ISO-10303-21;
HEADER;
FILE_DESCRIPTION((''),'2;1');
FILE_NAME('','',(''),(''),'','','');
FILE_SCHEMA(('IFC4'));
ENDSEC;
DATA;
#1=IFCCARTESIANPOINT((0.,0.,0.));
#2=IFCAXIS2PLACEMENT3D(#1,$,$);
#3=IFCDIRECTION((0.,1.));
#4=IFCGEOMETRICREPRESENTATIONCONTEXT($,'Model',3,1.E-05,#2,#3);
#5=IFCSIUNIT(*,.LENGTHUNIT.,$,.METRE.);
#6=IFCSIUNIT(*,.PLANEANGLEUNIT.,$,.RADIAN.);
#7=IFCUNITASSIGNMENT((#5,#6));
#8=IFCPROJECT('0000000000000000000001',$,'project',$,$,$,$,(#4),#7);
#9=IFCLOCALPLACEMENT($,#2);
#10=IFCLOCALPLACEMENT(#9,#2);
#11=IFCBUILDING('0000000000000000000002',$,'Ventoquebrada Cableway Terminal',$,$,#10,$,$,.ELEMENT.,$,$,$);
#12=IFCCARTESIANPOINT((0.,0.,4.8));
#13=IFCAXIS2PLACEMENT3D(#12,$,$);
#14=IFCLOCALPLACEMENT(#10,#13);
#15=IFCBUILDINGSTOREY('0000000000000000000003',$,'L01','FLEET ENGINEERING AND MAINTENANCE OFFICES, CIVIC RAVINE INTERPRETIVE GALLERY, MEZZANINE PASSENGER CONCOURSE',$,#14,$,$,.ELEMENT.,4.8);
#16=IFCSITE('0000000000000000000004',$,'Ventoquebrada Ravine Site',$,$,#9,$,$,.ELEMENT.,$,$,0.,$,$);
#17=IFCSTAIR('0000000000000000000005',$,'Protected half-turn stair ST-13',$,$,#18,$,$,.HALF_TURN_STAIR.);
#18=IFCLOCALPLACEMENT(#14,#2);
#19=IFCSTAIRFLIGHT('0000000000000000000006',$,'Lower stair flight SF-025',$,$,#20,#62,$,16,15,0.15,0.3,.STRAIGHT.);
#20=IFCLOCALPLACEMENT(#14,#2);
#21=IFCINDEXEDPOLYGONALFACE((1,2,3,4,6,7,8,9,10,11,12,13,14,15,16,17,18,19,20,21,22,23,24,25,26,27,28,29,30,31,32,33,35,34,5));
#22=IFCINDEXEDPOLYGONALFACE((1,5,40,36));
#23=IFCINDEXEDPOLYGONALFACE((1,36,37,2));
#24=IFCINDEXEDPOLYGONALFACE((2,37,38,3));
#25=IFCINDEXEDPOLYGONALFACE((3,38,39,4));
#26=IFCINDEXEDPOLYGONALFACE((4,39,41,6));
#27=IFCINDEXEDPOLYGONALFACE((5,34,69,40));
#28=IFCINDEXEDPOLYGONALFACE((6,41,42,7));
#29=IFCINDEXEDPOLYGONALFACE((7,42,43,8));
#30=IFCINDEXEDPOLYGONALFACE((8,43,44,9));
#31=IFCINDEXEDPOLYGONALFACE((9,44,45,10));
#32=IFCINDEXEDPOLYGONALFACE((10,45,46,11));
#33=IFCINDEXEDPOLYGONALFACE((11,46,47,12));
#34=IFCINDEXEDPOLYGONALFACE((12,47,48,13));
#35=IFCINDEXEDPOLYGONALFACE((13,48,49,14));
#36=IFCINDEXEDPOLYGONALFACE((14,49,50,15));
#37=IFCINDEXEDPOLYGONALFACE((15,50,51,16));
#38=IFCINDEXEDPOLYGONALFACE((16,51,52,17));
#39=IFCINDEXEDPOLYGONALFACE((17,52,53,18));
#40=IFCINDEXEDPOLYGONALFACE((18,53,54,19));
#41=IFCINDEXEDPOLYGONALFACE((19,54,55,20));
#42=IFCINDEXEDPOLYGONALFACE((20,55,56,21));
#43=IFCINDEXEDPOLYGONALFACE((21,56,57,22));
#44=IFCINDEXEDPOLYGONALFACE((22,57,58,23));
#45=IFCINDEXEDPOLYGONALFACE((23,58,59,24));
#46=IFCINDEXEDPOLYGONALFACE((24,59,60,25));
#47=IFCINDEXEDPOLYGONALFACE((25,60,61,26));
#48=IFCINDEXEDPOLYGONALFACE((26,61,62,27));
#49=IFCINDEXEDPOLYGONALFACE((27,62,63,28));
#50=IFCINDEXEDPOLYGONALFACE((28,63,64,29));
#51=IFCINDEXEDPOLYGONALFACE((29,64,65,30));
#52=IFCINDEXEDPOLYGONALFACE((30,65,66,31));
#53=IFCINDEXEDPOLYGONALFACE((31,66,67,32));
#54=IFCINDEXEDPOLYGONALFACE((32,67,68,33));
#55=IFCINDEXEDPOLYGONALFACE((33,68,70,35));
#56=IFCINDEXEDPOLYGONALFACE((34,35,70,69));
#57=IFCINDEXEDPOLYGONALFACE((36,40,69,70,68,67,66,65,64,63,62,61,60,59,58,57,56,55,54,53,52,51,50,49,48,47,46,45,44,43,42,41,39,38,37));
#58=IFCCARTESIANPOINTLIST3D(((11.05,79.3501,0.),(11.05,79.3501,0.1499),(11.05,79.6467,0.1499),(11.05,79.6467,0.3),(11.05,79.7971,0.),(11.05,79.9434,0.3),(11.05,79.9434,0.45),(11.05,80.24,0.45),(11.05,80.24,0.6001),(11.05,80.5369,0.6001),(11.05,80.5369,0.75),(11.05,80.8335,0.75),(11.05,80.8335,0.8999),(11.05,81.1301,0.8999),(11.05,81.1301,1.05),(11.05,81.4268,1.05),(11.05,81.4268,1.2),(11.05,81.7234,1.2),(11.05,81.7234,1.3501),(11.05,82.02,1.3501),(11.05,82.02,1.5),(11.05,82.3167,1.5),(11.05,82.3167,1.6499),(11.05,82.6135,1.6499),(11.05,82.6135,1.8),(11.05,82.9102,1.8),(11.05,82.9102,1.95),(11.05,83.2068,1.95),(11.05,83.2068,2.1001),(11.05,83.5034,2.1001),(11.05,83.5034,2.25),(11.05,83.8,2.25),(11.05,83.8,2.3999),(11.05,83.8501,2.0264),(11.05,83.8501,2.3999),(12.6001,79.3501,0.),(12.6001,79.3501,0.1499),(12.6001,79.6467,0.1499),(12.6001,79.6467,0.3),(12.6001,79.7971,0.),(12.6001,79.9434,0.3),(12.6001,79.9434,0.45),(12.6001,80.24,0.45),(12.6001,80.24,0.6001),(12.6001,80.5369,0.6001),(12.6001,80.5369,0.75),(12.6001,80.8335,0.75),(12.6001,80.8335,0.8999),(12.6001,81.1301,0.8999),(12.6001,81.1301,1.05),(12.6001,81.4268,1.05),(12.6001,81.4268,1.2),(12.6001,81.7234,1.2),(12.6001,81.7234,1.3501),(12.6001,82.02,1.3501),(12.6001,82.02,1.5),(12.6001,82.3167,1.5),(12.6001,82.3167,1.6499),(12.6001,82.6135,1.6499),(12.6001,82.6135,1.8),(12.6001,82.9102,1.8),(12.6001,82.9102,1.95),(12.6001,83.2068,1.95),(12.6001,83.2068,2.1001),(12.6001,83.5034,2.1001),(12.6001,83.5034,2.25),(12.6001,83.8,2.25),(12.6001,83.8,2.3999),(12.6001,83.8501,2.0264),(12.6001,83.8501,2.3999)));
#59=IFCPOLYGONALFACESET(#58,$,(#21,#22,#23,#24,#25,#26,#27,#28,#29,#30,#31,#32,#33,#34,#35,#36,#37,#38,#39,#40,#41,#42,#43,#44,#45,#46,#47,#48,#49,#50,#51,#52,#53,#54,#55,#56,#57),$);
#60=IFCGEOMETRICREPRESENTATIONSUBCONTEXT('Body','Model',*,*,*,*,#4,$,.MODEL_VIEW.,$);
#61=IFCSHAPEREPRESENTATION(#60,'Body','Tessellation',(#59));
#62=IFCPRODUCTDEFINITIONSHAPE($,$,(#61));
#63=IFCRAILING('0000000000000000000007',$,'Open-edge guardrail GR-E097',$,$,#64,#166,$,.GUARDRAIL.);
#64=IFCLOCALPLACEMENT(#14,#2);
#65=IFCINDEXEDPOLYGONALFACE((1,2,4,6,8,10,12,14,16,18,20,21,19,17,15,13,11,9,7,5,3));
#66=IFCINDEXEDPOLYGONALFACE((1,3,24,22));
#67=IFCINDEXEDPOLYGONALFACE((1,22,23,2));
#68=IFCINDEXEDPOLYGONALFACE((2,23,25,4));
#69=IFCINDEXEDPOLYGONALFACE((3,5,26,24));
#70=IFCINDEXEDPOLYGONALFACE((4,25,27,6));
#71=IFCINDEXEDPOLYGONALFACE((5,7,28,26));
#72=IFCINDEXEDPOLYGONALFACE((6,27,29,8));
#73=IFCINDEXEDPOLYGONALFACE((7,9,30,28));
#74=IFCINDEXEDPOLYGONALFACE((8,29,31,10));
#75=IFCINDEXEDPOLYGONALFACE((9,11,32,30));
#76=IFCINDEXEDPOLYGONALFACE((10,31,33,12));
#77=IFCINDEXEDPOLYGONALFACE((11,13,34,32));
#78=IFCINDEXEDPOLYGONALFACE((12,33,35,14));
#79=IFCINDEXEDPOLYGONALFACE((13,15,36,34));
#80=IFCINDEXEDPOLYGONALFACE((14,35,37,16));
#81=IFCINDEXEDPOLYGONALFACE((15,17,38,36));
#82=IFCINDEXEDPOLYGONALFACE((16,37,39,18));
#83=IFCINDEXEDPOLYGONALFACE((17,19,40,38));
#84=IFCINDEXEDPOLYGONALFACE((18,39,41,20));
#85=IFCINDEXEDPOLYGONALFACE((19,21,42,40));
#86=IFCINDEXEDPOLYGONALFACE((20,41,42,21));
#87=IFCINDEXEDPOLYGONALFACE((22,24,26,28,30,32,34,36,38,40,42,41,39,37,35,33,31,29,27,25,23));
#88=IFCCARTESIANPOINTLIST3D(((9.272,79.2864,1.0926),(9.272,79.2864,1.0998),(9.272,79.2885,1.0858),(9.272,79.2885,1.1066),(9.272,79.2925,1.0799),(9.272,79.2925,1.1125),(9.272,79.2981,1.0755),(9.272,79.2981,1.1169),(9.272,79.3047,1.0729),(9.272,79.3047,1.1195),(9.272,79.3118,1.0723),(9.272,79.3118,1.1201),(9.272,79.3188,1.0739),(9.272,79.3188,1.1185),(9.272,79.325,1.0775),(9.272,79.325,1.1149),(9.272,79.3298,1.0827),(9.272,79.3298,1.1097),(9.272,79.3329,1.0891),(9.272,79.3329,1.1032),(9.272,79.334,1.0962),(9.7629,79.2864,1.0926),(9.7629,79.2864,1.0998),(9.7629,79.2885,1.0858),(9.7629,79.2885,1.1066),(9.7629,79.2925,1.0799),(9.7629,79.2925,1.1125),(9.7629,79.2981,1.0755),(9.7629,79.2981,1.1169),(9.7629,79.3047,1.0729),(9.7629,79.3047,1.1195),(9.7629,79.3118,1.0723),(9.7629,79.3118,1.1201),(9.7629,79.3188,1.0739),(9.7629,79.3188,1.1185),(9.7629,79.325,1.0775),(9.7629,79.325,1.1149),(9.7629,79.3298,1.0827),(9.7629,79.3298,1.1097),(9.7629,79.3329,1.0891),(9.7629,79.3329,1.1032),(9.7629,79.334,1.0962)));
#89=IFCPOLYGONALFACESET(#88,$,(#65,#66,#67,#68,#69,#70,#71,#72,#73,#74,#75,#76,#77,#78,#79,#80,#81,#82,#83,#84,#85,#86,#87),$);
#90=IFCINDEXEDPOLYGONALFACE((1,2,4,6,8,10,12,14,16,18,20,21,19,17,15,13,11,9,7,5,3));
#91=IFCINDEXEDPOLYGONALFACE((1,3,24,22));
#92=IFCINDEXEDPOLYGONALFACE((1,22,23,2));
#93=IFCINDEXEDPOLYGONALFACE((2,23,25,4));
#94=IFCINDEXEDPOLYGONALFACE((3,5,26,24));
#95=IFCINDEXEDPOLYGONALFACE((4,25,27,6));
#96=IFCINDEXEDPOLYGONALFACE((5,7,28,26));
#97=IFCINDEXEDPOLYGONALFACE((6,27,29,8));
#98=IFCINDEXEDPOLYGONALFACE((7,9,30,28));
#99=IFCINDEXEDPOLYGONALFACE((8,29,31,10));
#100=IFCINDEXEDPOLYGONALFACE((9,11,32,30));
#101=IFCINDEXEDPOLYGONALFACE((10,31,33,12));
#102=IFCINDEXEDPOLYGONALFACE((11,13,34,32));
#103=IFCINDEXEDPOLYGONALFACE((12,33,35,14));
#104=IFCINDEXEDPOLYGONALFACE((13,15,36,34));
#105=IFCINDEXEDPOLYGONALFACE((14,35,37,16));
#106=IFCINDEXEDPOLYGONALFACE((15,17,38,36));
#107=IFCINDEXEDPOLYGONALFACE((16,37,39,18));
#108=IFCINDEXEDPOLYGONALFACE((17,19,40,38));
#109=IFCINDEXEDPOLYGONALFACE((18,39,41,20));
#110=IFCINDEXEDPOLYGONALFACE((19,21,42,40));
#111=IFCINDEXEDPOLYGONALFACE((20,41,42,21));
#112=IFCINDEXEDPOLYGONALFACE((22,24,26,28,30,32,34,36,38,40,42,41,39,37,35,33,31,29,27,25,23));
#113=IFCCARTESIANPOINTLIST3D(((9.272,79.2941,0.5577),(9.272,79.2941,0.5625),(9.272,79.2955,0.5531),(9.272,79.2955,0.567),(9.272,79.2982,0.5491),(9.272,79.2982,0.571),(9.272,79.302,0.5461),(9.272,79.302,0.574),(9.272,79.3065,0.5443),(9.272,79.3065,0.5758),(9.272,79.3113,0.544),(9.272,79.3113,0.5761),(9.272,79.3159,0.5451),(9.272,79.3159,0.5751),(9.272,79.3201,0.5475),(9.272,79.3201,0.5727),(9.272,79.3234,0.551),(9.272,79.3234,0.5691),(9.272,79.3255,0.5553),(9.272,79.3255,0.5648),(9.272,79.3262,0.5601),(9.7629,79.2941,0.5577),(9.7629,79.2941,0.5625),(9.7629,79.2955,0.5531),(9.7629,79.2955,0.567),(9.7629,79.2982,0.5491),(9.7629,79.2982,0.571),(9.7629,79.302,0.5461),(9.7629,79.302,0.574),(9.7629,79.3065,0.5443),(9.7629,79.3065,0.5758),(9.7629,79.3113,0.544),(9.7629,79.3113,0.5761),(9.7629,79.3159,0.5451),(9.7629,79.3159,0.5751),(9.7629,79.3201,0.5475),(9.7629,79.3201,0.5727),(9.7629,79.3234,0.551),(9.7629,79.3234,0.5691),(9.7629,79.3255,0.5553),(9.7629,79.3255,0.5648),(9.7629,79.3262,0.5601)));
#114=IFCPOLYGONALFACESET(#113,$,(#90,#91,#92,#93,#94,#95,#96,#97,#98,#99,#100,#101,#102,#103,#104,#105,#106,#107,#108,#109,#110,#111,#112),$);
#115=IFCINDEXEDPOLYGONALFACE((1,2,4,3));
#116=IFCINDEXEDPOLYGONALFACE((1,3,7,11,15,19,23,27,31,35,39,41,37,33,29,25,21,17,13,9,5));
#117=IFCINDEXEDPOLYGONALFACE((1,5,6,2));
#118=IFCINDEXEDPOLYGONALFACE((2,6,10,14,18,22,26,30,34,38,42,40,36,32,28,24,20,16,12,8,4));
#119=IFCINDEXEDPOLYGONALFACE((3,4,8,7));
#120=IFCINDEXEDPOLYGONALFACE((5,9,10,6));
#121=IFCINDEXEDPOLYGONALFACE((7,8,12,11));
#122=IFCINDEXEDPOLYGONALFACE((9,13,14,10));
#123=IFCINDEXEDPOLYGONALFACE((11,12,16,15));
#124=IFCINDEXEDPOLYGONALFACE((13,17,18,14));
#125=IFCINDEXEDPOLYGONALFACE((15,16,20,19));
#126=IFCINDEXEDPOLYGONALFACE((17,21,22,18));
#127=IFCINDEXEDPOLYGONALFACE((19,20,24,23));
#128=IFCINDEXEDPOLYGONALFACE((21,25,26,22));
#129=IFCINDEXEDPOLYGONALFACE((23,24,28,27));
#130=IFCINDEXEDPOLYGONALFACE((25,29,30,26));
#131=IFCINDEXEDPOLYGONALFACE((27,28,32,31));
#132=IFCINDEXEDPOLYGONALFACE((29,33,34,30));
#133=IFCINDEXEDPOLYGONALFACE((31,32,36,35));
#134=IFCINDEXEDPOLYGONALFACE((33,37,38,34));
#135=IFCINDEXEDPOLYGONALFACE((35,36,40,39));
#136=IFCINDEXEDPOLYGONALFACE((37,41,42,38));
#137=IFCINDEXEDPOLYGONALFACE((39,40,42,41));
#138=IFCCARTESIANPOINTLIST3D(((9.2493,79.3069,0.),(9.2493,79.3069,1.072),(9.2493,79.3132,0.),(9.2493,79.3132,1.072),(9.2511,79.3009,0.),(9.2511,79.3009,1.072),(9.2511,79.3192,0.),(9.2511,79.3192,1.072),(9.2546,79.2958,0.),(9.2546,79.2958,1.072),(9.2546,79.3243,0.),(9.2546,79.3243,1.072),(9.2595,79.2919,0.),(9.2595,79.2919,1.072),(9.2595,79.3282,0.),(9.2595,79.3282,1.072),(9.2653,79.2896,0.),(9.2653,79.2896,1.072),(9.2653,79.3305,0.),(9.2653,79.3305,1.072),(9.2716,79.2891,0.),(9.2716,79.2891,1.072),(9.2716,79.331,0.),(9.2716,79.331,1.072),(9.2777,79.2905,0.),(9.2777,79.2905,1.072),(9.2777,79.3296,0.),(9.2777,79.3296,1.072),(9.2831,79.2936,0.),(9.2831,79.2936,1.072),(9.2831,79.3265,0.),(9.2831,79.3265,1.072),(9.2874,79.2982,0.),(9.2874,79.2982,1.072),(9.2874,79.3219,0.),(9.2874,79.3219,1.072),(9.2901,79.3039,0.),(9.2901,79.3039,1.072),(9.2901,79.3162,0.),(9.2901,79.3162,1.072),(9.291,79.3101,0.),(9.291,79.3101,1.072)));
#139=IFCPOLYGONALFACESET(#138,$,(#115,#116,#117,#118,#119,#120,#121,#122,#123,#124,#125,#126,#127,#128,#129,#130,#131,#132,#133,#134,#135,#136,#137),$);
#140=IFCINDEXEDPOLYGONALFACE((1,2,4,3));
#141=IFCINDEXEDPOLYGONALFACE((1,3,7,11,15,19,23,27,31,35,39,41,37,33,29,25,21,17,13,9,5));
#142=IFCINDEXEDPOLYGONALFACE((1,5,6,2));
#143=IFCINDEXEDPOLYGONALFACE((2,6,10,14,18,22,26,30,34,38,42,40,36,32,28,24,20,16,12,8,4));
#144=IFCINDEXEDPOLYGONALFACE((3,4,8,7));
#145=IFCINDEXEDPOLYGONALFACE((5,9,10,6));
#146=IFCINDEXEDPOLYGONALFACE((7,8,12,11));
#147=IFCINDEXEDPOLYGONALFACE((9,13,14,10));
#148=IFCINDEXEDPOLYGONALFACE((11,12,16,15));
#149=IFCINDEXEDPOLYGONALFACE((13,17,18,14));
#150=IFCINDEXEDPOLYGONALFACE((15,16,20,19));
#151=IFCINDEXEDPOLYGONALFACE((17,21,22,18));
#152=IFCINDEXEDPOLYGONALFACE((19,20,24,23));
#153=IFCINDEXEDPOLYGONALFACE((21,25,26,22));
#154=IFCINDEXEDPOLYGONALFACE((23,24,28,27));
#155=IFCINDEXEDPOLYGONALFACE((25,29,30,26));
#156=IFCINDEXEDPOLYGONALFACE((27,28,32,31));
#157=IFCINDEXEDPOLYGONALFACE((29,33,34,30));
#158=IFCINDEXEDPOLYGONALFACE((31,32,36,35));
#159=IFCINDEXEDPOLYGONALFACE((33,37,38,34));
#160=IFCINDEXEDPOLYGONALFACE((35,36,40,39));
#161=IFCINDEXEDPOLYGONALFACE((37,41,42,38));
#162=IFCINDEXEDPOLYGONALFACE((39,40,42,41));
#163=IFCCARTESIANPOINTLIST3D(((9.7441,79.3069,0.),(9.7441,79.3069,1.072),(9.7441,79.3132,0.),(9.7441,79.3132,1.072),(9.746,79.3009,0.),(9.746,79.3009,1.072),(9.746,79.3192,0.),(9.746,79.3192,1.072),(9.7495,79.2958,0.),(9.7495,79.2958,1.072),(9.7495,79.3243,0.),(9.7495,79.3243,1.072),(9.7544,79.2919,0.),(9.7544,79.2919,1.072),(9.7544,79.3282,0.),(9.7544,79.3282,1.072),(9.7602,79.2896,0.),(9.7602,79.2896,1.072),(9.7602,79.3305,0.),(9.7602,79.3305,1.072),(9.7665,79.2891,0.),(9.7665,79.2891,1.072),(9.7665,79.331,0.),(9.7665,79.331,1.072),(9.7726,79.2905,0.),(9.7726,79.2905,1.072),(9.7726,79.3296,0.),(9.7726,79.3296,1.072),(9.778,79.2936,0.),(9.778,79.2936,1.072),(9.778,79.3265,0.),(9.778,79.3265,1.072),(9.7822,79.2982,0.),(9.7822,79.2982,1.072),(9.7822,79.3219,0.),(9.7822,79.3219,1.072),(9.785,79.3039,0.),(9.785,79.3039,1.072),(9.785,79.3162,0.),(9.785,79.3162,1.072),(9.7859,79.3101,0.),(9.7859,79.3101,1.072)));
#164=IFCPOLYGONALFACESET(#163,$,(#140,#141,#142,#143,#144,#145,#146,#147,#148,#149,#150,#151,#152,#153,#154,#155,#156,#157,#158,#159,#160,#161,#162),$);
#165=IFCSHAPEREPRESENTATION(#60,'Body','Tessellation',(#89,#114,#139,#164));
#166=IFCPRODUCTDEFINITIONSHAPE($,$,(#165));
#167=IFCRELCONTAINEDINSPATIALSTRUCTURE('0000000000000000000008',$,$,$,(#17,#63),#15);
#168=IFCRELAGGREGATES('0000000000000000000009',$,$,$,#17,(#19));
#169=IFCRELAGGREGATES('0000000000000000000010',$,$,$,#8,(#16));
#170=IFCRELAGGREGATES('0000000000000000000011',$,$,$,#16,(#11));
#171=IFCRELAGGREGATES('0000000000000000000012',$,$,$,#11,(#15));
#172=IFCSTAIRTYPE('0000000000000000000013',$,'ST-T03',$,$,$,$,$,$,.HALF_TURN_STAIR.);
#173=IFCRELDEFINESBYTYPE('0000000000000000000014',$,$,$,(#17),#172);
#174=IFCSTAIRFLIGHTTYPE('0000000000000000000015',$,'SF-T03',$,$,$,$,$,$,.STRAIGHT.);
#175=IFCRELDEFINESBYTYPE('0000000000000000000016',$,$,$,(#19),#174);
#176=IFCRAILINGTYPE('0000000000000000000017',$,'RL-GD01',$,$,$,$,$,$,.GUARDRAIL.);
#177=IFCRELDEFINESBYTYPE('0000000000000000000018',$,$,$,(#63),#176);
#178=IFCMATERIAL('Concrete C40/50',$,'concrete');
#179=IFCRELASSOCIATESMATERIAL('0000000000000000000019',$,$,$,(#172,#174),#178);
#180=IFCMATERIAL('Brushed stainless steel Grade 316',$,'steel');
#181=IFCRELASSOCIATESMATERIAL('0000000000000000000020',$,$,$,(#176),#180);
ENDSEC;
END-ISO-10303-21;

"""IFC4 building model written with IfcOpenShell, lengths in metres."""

from ifc_helpers import new_model, si_unit, direction, frame, origin, origin_2d, place, context, subcontext, project, spatial, polyline, circle, outline, extrude, material, type_object, element, aggregate, save


model = new_model("IFC4")

# Units and contexts
model_context = context("Model", 3, precision=1e-05, world=origin(), true_north=direction((0.0, 1.0)))
body_context = subcontext(model_context, "Body", "Model", "MODEL_VIEW")
ifc_project = project(units=[si_unit("LENGTHUNIT", "METRE"), si_unit("PLANEANGLEUNIT", "RADIAN")], contexts=[model_context])

# Site, building, storey
site_placement = place(None, origin())
site = spatial("IfcSite", under=ifc_project, at=site_placement, Name="Ventoquebrada Ravine Site", CompositionType="ELEMENT", RefElevation=0.0)
building_placement = place(site_placement, origin())
building = spatial("IfcBuilding", under=site, at=building_placement, Name="Ventoquebrada Cableway Terminal", CompositionType="ELEMENT")
storey_placement = place(building_placement, frame((0.0, 0.0, 4.8)))
storey = spatial("IfcBuildingStorey", under=building, at=storey_placement, Name="L01", Description="FLEET ENGINEERING AND MAINTENANCE OFFICES, CIVIC RAVINE INTERPRETIVE GALLERY, MEZZANINE PASSENGER CONCOURSE", CompositionType="ELEMENT", Elevation=4.8)

# Shared definitions
ifc_material_1 = material(Name="Concrete C40/50", Category="concrete")

# Shared definitions
ifc_material_2 = material(Name="Brushed stainless steel Grade 316", Category="steel")

# Stair, stair flight
stair_type = type_object("IfcStairType", Name="ST-T03", PredefinedType="HALF_TURN_STAIR", material=ifc_material_1)
stair_placement = place(storey_placement, origin())
stair = element("IfcStair", 1, at=stair_placement, inside=storey, type_object=stair_type, Name="Protected half-turn stair ST-13", PredefinedType="HALF_TURN_STAIR")
stair_flight_type = type_object("IfcStairFlightType", Name="SF-T03", PredefinedType="STRAIGHT", material=ifc_material_1)
stair_flight_placement = place(storey_placement, frame((11.825, 79.3501, 0.0), z_axis=(0.0, 0.0, 1.0), x_axis=(0.0, 1.0, 0.0)))
stair_flight = element("IfcStairFlight", 2, at=stair_flight_placement, type_object=stair_flight_type, Name="Lower stair flight SF-025", NumberOfRisers=16, NumberOfTreads=15, PredefinedType="STRAIGHT", RiserHeight=0.15, TreadLength=0.3, context=body_context, shape_type="SweptSolid", body=[
    extrude(outline(polyline([(0.0, 0.0), (0.0, 0.1499), (0.2966, 0.1499), (0.2966, 0.3), (0.5933, 0.3), (0.5933, 0.45), (0.8899, 0.45), (0.8899, 0.6001), (1.1868, 0.6001), (1.1868, 0.75), (1.4834, 0.75), (1.4834, 0.8999), (1.78, 0.8999), (1.78, 1.05), (2.0767, 1.05), (2.0767, 1.2), (2.3733, 1.2), (2.3733, 1.3501), (2.6699, 1.3501), (2.6699, 1.5), (2.9666, 1.5), (2.9666, 1.6499), (3.2634, 1.6499), (3.2634, 1.8), (3.5601, 1.8), (3.5601, 1.95), (3.8567, 1.95), (3.8567, 2.1001), (4.1533, 2.1001), (4.1533, 2.25), (4.45, 2.25), (4.45, 2.3999), (4.5, 2.3999), (4.5, 2.0264), (0.447, 0.0), (0.0, 0.0)])), frame((0.0, 0.7749, 0.0), z_axis=(0.0, -1.0, 0.0), x_axis=(1.0, 0.0, 0.0)), (0.0, 0.0, 1.0), 1.55),
])
aggregate(stair, [stair_flight])

# Railing
railing_type_1 = type_object("IfcRailingType", Name="RL-GD01", PredefinedType="GUARDRAIL", material=ifc_material_2)
railing_1_placement = place(storey_placement, frame((9.27, 79.3101, 0.0)))
element("IfcRailing", 3, at=railing_1_placement, inside=storey, type_object=railing_type_1, Name="Open-edge guardrail GR-E097", PredefinedType="GUARDRAIL", context=body_context, shape_type="SweptSolid", body=[
    extrude(circle(Radius=0.0239, at=origin_2d()), frame((0.002, 0.0, 1.0962), z_axis=(1.0, 0.0, 0.0), x_axis=(0.0, 1.0, 0.0)), (0.0, 0.0, 1.0), 0.491),
    extrude(circle(Radius=0.0161, at=origin_2d()), frame((0.002, 0.0, 0.5601), z_axis=(1.0, 0.0, 0.0), x_axis=(0.0, 1.0, 0.0)), (0.0, 0.0, 1.0), 0.491),
    extrude(circle(Radius=0.021, at=origin_2d()), origin(), (0.0, 0.0, 1.0), 1.072),
    extrude(circle(Radius=0.021, at=origin_2d()), frame((0.4949, 0.0, 0.0)), (0.0, 0.0, 1.0), 1.072),
])

save(model, "model.ifc")
